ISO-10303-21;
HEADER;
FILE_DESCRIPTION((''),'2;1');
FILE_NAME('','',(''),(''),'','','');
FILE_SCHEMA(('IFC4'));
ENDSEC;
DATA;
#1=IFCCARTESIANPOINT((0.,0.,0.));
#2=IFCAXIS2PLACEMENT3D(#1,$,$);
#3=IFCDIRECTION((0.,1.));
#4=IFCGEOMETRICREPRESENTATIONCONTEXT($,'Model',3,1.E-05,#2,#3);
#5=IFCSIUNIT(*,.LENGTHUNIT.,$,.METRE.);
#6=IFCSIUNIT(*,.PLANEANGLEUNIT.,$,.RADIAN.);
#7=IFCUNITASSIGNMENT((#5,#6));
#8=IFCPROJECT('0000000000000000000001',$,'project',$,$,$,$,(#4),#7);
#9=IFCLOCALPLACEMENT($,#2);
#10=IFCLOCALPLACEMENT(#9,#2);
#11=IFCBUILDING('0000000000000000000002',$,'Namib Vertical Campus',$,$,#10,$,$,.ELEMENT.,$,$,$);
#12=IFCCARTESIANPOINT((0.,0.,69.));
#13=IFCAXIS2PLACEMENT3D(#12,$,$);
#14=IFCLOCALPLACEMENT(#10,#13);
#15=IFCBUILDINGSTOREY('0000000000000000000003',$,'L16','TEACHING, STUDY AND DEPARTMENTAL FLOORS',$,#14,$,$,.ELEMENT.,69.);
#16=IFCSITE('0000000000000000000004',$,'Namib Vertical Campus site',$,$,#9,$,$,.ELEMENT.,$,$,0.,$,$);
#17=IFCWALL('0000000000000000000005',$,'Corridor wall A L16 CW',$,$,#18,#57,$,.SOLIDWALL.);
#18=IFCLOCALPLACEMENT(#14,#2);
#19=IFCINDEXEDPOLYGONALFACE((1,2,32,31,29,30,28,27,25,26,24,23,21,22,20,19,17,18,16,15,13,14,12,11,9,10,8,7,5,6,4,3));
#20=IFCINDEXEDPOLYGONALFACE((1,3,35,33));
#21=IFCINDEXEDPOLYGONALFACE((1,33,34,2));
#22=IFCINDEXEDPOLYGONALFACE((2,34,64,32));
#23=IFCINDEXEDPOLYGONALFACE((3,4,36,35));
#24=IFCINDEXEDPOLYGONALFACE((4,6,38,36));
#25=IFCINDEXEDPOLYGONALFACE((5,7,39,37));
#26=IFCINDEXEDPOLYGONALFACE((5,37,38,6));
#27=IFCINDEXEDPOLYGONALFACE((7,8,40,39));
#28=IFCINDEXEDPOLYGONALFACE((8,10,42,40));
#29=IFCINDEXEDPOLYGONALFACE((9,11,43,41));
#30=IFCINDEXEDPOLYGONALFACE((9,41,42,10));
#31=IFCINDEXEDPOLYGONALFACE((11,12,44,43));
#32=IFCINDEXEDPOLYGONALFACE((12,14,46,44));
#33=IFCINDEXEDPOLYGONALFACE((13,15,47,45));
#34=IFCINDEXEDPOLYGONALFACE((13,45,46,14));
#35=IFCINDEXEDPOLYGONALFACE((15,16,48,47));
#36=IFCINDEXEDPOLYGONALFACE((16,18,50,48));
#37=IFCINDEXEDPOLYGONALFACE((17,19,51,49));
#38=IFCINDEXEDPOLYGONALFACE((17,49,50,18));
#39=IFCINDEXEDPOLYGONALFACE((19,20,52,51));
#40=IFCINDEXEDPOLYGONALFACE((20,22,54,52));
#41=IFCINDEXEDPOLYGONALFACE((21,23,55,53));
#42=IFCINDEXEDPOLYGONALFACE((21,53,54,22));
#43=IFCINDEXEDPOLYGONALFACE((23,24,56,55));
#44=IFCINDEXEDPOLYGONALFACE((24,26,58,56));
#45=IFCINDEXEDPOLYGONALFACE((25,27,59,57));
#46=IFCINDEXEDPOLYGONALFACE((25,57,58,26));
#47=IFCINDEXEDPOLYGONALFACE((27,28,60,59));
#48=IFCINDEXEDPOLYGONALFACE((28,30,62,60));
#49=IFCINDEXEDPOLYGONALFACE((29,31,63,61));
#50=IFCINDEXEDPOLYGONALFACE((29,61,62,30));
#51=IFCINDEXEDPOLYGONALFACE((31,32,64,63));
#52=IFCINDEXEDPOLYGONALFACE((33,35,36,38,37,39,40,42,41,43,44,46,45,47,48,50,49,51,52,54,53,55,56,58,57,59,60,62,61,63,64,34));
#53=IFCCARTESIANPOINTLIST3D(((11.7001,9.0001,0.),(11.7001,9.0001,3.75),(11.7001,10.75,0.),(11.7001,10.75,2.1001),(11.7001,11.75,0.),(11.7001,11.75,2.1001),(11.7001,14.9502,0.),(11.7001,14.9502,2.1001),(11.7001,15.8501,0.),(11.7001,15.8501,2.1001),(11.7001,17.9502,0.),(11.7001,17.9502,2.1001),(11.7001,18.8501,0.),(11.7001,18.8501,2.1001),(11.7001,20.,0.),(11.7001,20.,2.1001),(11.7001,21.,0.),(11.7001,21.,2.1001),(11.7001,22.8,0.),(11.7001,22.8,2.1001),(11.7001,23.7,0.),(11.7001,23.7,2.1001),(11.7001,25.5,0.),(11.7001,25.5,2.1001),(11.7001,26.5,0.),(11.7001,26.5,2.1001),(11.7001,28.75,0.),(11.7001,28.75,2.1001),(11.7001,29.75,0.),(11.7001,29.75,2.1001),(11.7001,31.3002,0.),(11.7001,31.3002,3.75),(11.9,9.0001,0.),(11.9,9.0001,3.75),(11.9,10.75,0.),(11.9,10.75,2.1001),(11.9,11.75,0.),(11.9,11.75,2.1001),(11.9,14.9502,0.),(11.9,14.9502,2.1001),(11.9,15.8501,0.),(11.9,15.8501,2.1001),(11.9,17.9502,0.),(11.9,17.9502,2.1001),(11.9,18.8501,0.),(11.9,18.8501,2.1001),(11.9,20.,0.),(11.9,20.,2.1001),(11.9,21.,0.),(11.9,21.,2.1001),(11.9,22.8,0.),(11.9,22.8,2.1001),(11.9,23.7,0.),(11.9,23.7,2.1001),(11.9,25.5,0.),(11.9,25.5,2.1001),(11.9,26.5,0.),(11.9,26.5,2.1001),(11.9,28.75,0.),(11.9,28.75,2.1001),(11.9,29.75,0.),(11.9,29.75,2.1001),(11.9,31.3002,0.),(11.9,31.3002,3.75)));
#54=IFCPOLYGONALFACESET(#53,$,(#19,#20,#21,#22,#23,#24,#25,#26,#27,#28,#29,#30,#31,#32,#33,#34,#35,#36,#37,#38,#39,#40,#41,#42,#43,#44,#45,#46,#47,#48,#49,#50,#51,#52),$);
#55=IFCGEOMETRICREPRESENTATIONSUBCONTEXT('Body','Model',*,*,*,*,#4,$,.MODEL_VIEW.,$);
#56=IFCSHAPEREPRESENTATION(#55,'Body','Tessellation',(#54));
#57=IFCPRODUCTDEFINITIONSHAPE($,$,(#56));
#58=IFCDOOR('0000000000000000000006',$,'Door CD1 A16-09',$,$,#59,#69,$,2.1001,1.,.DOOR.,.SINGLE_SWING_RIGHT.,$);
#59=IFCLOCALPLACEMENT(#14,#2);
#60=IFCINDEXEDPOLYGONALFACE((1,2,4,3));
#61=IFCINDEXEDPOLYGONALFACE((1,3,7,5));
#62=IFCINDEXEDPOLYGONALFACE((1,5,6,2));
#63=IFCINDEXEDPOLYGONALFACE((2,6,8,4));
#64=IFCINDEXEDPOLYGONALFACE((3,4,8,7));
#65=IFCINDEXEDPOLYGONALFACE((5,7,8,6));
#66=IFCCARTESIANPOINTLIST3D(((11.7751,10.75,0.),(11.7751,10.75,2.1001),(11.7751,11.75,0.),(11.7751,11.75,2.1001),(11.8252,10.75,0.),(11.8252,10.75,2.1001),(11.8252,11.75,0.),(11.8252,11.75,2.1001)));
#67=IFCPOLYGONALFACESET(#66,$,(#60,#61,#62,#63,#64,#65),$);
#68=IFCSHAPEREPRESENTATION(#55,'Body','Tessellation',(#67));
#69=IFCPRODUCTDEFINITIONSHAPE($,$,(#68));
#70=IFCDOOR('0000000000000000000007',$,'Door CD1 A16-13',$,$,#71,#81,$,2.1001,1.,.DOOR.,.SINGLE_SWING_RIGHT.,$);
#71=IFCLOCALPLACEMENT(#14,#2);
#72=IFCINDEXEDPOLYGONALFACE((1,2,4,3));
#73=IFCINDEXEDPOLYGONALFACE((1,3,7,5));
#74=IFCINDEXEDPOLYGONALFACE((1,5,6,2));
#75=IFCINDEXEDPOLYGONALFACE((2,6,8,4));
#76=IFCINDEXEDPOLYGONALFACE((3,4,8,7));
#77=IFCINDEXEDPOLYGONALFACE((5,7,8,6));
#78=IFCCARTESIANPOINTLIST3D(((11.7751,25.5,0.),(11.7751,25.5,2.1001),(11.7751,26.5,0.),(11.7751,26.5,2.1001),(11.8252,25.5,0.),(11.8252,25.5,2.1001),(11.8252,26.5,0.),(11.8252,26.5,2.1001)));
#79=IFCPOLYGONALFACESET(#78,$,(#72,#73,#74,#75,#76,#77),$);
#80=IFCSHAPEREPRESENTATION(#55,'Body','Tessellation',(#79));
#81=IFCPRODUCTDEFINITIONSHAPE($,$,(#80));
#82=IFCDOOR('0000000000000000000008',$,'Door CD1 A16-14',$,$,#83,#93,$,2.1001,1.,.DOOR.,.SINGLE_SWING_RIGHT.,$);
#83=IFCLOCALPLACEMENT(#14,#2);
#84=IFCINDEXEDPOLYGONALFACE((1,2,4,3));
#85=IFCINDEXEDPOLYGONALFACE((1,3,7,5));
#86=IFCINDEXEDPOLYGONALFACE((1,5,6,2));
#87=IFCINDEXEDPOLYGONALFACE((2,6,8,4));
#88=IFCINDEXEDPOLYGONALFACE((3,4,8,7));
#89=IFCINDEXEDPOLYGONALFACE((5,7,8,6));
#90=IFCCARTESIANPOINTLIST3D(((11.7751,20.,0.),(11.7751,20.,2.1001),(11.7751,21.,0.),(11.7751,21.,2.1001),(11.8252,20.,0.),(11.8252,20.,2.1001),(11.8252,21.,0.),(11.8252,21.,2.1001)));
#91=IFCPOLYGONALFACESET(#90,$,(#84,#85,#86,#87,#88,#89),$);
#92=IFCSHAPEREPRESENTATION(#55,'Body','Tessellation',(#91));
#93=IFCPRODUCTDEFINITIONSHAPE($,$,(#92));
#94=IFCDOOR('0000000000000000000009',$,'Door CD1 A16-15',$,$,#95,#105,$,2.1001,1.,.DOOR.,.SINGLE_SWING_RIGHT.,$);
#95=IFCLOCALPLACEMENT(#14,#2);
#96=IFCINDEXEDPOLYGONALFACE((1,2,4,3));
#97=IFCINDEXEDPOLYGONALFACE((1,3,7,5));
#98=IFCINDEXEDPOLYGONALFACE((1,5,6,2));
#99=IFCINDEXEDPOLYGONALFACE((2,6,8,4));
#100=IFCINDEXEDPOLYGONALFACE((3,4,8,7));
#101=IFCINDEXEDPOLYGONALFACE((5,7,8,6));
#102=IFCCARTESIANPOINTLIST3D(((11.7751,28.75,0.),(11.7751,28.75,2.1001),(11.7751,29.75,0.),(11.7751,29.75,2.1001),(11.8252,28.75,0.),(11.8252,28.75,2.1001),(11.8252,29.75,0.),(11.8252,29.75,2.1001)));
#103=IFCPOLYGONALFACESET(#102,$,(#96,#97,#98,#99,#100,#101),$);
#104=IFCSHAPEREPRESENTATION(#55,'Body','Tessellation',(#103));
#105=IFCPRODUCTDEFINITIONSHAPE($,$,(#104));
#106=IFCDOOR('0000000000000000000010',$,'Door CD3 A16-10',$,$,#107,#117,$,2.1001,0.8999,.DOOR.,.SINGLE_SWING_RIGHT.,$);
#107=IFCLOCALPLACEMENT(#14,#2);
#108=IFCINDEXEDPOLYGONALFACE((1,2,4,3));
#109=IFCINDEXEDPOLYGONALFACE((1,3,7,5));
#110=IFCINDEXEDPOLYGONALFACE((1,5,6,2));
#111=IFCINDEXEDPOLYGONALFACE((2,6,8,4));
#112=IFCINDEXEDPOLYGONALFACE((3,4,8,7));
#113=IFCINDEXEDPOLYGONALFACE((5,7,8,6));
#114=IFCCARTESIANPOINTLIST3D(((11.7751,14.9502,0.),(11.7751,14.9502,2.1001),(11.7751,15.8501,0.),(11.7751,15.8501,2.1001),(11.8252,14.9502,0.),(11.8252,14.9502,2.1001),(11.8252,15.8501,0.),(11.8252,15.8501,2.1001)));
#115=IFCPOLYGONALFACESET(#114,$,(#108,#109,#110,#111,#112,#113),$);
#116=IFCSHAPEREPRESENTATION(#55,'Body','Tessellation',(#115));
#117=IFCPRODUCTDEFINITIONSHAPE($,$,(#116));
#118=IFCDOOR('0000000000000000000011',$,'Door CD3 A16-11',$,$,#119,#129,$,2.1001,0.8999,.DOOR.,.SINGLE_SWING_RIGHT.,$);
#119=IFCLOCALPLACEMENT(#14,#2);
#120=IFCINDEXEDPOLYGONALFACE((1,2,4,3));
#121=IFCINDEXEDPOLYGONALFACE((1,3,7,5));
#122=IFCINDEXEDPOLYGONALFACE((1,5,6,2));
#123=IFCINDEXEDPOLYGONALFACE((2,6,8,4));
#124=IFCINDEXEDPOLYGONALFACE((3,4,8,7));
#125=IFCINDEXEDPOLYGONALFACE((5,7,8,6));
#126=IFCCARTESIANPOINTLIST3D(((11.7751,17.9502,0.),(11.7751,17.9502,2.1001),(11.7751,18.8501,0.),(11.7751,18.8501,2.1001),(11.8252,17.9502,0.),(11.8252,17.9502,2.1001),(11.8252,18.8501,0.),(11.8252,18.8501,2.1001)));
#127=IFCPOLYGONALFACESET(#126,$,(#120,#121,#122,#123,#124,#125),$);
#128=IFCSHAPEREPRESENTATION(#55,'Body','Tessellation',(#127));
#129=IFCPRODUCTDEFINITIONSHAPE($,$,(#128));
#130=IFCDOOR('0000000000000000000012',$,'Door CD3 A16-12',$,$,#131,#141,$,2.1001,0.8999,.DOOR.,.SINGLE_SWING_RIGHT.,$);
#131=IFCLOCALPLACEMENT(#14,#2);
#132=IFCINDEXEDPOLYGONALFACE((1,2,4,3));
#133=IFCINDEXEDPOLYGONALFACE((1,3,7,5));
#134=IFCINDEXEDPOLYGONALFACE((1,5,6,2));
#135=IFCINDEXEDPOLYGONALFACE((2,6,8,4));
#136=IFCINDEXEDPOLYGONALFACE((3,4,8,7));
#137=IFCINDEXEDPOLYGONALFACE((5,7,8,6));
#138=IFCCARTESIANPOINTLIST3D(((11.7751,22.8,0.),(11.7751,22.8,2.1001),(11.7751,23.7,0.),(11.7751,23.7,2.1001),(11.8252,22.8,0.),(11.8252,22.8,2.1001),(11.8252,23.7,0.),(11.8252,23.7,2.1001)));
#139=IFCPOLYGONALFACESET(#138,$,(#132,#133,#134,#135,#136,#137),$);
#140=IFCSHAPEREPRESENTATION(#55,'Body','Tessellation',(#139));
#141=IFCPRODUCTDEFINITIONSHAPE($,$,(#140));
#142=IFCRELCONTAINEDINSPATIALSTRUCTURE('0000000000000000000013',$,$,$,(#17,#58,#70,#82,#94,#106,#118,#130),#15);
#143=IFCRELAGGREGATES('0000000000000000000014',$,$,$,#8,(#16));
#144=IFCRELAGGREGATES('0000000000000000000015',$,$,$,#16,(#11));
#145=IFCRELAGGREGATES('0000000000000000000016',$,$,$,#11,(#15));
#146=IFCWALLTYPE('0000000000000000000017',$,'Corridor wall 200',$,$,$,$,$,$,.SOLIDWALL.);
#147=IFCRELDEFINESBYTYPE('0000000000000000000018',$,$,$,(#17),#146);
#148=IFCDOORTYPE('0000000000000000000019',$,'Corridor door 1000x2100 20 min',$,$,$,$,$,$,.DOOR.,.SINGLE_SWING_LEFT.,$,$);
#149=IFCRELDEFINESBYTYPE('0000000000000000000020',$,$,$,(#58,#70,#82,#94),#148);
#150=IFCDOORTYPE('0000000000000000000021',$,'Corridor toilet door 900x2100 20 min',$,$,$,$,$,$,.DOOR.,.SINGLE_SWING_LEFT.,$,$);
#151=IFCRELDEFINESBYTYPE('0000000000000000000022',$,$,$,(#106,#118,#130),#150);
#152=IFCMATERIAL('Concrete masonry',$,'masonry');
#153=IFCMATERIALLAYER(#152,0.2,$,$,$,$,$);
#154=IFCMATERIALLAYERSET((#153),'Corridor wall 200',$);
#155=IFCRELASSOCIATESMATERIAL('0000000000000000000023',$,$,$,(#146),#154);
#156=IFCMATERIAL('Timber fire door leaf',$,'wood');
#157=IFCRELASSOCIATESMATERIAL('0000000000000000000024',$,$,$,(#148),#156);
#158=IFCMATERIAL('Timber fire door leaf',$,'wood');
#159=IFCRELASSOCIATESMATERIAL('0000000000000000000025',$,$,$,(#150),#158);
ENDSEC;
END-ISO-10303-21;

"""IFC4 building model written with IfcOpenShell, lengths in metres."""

from ifc_helpers import new_model, si_unit, direction, frame, frame_2d, origin, place, context, subcontext, project, spatial, rectangle, extrude, material, layer, layer_set, type_object, element, fill, save


model = new_model("IFC4")

# Units and contexts
model_context = context("Model", 3, precision=1e-05, world=origin(), true_north=direction((0.0, 1.0)))
body_context = subcontext(model_context, "Body", "Model", "MODEL_VIEW")
ifc_project = project(units=[si_unit("LENGTHUNIT", "METRE"), si_unit("PLANEANGLEUNIT", "RADIAN")], contexts=[model_context])

# Site, building, storey
site_placement = place(None, origin())
site = spatial("IfcSite", under=ifc_project, at=site_placement, Name="Namib Vertical Campus site", CompositionType="ELEMENT", RefElevation=0.0)
building_placement = place(site_placement, origin())
building = spatial("IfcBuilding", under=site, at=building_placement, Name="Namib Vertical Campus", CompositionType="ELEMENT")
storey_placement = place(building_placement, frame((0.0, 0.0, 69.0)))
storey = spatial("IfcBuildingStorey", under=building, at=storey_placement, Name="L16", Description="TEACHING, STUDY AND DEPARTMENTAL FLOORS", CompositionType="ELEMENT", Elevation=69.0)

# Wall, openings, doors
ifc_material_1 = material(Name="Concrete masonry", Category="masonry")
ifc_layer_1 = layer(ifc_material_1, 0.2)
ifc_layer_set_1 = layer_set([ifc_layer_1], Name="Corridor wall 200")
wall_type_1 = type_object("IfcWallType", Name="Corridor wall 200", PredefinedType="SOLIDWALL", material=ifc_layer_set_1)
wall_1_placement = place(storey_placement, frame((11.8, 31.3, 0.0), z_axis=(0.0, 0.0, 1.0), x_axis=(0.0, -1.0, 0.0)))
wall_1 = element("IfcWall", 1, at=wall_1_placement, inside=storey, type_object=wall_type_1, Name="Corridor wall A L16 CW", PredefinedType="SOLIDWALL", context=body_context, shape_type="SweptSolid", body=[
    extrude(rectangle(XDim=22.3, YDim=0.2, at=frame_2d((11.1499, 0.0))), origin(), (0.0, 0.0, 1.0), 3.75),
])
opening_1_placement = place(wall_1_placement, frame((19.55, 0.0, 0.0)))
opening_1 = element("IfcOpeningElement", 2, at=opening_1_placement, cuts=wall_1, PredefinedType="OPENING", context=body_context, shape_type="SweptSolid", body=[
    extrude(rectangle(XDim=1.0, YDim=2.1001, at=frame_2d((0.5, 1.05))), frame((0.0, 0.1099, 0.0), z_axis=(0.0, -1.0, 0.0), x_axis=(1.0, 0.0, 0.0)), (0.0, 0.0, 1.0), 0.22),
])
opening_2_placement = place(wall_1_placement, frame((15.45, 0.0, 0.0)))
opening_2 = element("IfcOpeningElement", 3, at=opening_2_placement, cuts=wall_1, PredefinedType="OPENING", context=body_context, shape_type="SweptSolid", body=[
    extrude(rectangle(XDim=0.8999, YDim=2.1001, at=frame_2d((0.45, 1.05))), frame((0.0, 0.1099, 0.0), z_axis=(0.0, -1.0, 0.0), x_axis=(1.0, 0.0, 0.0)), (0.0, 0.0, 1.0), 0.22),
])
opening_3_placement = place(wall_1_placement, frame((12.45, 0.0, 0.0)))
opening_3 = element("IfcOpeningElement", 4, at=opening_3_placement, cuts=wall_1, PredefinedType="OPENING", context=body_context, shape_type="SweptSolid", body=[
    extrude(rectangle(XDim=0.8999, YDim=2.1001, at=frame_2d((0.45, 1.05))), frame((0.0, 0.1099, 0.0), z_axis=(0.0, -1.0, 0.0), x_axis=(1.0, 0.0, 0.0)), (0.0, 0.0, 1.0), 0.22),
])
opening_4_placement = place(wall_1_placement, frame((7.6001, 0.0, 0.0)))
opening_4 = element("IfcOpeningElement", 5, at=opening_4_placement, cuts=wall_1, PredefinedType="OPENING", context=body_context, shape_type="SweptSolid", body=[
    extrude(rectangle(XDim=0.8999, YDim=2.1001, at=frame_2d((0.45, 1.05))), frame((0.0, 0.1099, 0.0), z_axis=(0.0, -1.0, 0.0), x_axis=(1.0, 0.0, 0.0)), (0.0, 0.0, 1.0), 0.22),
])
opening_5_placement = place(wall_1_placement, frame((4.8, 0.0, 0.0)))
opening_5 = element("IfcOpeningElement", 6, at=opening_5_placement, cuts=wall_1, PredefinedType="OPENING", context=body_context, shape_type="SweptSolid", body=[
    extrude(rectangle(XDim=1.0, YDim=2.1001, at=frame_2d((0.5, 1.05))), frame((0.0, 0.1099, 0.0), z_axis=(0.0, -1.0, 0.0), x_axis=(1.0, 0.0, 0.0)), (0.0, 0.0, 1.0), 0.22),
])
opening_6_placement = place(wall_1_placement, frame((10.3, 0.0, 0.0)))
opening_6 = element("IfcOpeningElement", 7, at=opening_6_placement, cuts=wall_1, PredefinedType="OPENING", context=body_context, shape_type="SweptSolid", body=[
    extrude(rectangle(XDim=1.0, YDim=2.1001, at=frame_2d((0.5, 1.05))), frame((0.0, 0.1099, 0.0), z_axis=(0.0, -1.0, 0.0), x_axis=(1.0, 0.0, 0.0)), (0.0, 0.0, 1.0), 0.22),
])
opening_7_placement = place(wall_1_placement, frame((1.55, 0.0, 0.0)))
opening_7 = element("IfcOpeningElement", 8, at=opening_7_placement, cuts=wall_1, PredefinedType="OPENING", context=body_context, shape_type="SweptSolid", body=[
    extrude(rectangle(XDim=1.0, YDim=2.1001, at=frame_2d((0.5, 1.05))), frame((0.0, 0.1099, 0.0), z_axis=(0.0, -1.0, 0.0), x_axis=(1.0, 0.0, 0.0)), (0.0, 0.0, 1.0), 0.22),
])
ifc_material_2 = material(Name="Timber fire door leaf", Category="wood")
door_type_1 = type_object("IfcDoorType", Name="Corridor door 1000x2100 20 min", OperationType="SINGLE_SWING_LEFT", PredefinedType="DOOR", material=ifc_material_2)
door_1_placement = place(opening_1_placement, frame((1.0, 0.0, 0.0), z_axis=(0.0, 0.0, 1.0), x_axis=(-1.0, 0.0, 0.0)))
door_1 = element("IfcDoor", 9, at=door_1_placement, inside=storey, type_object=door_type_1, Name="Door CD1 A16-09", OperationType="SINGLE_SWING_RIGHT", OverallHeight=2.1001, OverallWidth=1.0, PredefinedType="DOOR", context=body_context, shape_type="SweptSolid", body=[
    extrude(rectangle(XDim=1.0, YDim=2.1001, at=frame_2d((0.5, 1.05))), frame((0.0, 0.0249, 0.0), z_axis=(0.0, -1.0, 0.0), x_axis=(1.0, 0.0, 0.0)), (0.0, 0.0, 1.0), 0.05),
])
fill(opening_1, door_1)
door_2_placement = place(opening_5_placement, frame((1.0, 0.0, 0.0), z_axis=(0.0, 0.0, 1.0), x_axis=(-1.0, 0.0, 0.0)))
door_2 = element("IfcDoor", 10, at=door_2_placement, inside=storey, type_object=door_type_1, Name="Door CD1 A16-13", OperationType="SINGLE_SWING_RIGHT", OverallHeight=2.1001, OverallWidth=1.0, PredefinedType="DOOR", context=body_context, shape_type="SweptSolid", body=[
    extrude(rectangle(XDim=1.0, YDim=2.1001, at=frame_2d((0.5, 1.05))), frame((0.0, 0.0249, 0.0), z_axis=(0.0, -1.0, 0.0), x_axis=(1.0, 0.0, 0.0)), (0.0, 0.0, 1.0), 0.05),
])
fill(opening_5, door_2)
door_3_placement = place(opening_6_placement, frame((1.0, 0.0, 0.0), z_axis=(0.0, 0.0, 1.0), x_axis=(-1.0, 0.0, 0.0)))
door_3 = element("IfcDoor", 11, at=door_3_placement, inside=storey, type_object=door_type_1, Name="Door CD1 A16-14", OperationType="SINGLE_SWING_RIGHT", OverallHeight=2.1001, OverallWidth=1.0, PredefinedType="DOOR", context=body_context, shape_type="SweptSolid", body=[
    extrude(rectangle(XDim=1.0, YDim=2.1001, at=frame_2d((0.5, 1.05))), frame((0.0, 0.0249, 0.0), z_axis=(0.0, -1.0, 0.0), x_axis=(1.0, 0.0, 0.0)), (0.0, 0.0, 1.0), 0.05),
])
fill(opening_6, door_3)
door_4_placement = place(opening_7_placement, frame((1.0, 0.0, 0.0), z_axis=(0.0, 0.0, 1.0), x_axis=(-1.0, 0.0, 0.0)))
door_4 = element("IfcDoor", 12, at=door_4_placement, inside=storey, type_object=door_type_1, Name="Door CD1 A16-15", OperationType="SINGLE_SWING_RIGHT", OverallHeight=2.1001, OverallWidth=1.0, PredefinedType="DOOR", context=body_context, shape_type="SweptSolid", body=[
    extrude(rectangle(XDim=1.0, YDim=2.1001, at=frame_2d((0.5, 1.05))), frame((0.0, 0.0249, 0.0), z_axis=(0.0, -1.0, 0.0), x_axis=(1.0, 0.0, 0.0)), (0.0, 0.0, 1.0), 0.05),
])
fill(opening_7, door_4)
ifc_material_3 = material(Name="Timber fire door leaf", Category="wood")
door_type_2 = type_object("IfcDoorType", Name="Corridor toilet door 900x2100 20 min", OperationType="SINGLE_SWING_LEFT", PredefinedType="DOOR", material=ifc_material_3)
door_5_placement = place(opening_2_placement, frame((0.8999, 0.0, 0.0), z_axis=(0.0, 0.0, 1.0), x_axis=(-1.0, 0.0, 0.0)))
door_5 = element("IfcDoor", 13, at=door_5_placement, inside=storey, type_object=door_type_2, Name="Door CD3 A16-10", OperationType="SINGLE_SWING_RIGHT", OverallHeight=2.1001, OverallWidth=0.8999, PredefinedType="DOOR", context=body_context, shape_type="SweptSolid", body=[
    extrude(rectangle(XDim=0.8999, YDim=2.1001, at=frame_2d((0.45, 1.05))), frame((0.0, 0.0249, 0.0), z_axis=(0.0, -1.0, 0.0), x_axis=(1.0, 0.0, 0.0)), (0.0, 0.0, 1.0), 0.05),
])
fill(opening_2, door_5)
door_6_placement = place(opening_3_placement, frame((0.8999, 0.0, 0.0), z_axis=(0.0, 0.0, 1.0), x_axis=(-1.0, 0.0, 0.0)))
door_6 = element("IfcDoor", 14, at=door_6_placement, inside=storey, type_object=door_type_2, Name="Door CD3 A16-11", OperationType="SINGLE_SWING_RIGHT", OverallHeight=2.1001, OverallWidth=0.8999, PredefinedType="DOOR", context=body_context, shape_type="SweptSolid", body=[
    extrude(rectangle(XDim=0.8999, YDim=2.1001, at=frame_2d((0.45, 1.05))), frame((0.0, 0.0249, 0.0), z_axis=(0.0, -1.0, 0.0), x_axis=(1.0, 0.0, 0.0)), (0.0, 0.0, 1.0), 0.05),
])
fill(opening_3, door_6)
door_7_placement = place(opening_4_placement, frame((0.8999, 0.0, 0.0), z_axis=(0.0, 0.0, 1.0), x_axis=(-1.0, 0.0, 0.0)))
door_7 = element("IfcDoor", 15, at=door_7_placement, inside=storey, type_object=door_type_2, Name="Door CD3 A16-12", OperationType="SINGLE_SWING_RIGHT", OverallHeight=2.1001, OverallWidth=0.8999, PredefinedType="DOOR", context=body_context, shape_type="SweptSolid", body=[
    extrude(rectangle(XDim=0.8999, YDim=2.1001, at=frame_2d((0.45, 1.05))), frame((0.0, 0.0249, 0.0), z_axis=(0.0, -1.0, 0.0), x_axis=(1.0, 0.0, 0.0)), (0.0, 0.0, 1.0), 0.05),
])
fill(opening_4, door_7)

save(model, "model.ifc")
